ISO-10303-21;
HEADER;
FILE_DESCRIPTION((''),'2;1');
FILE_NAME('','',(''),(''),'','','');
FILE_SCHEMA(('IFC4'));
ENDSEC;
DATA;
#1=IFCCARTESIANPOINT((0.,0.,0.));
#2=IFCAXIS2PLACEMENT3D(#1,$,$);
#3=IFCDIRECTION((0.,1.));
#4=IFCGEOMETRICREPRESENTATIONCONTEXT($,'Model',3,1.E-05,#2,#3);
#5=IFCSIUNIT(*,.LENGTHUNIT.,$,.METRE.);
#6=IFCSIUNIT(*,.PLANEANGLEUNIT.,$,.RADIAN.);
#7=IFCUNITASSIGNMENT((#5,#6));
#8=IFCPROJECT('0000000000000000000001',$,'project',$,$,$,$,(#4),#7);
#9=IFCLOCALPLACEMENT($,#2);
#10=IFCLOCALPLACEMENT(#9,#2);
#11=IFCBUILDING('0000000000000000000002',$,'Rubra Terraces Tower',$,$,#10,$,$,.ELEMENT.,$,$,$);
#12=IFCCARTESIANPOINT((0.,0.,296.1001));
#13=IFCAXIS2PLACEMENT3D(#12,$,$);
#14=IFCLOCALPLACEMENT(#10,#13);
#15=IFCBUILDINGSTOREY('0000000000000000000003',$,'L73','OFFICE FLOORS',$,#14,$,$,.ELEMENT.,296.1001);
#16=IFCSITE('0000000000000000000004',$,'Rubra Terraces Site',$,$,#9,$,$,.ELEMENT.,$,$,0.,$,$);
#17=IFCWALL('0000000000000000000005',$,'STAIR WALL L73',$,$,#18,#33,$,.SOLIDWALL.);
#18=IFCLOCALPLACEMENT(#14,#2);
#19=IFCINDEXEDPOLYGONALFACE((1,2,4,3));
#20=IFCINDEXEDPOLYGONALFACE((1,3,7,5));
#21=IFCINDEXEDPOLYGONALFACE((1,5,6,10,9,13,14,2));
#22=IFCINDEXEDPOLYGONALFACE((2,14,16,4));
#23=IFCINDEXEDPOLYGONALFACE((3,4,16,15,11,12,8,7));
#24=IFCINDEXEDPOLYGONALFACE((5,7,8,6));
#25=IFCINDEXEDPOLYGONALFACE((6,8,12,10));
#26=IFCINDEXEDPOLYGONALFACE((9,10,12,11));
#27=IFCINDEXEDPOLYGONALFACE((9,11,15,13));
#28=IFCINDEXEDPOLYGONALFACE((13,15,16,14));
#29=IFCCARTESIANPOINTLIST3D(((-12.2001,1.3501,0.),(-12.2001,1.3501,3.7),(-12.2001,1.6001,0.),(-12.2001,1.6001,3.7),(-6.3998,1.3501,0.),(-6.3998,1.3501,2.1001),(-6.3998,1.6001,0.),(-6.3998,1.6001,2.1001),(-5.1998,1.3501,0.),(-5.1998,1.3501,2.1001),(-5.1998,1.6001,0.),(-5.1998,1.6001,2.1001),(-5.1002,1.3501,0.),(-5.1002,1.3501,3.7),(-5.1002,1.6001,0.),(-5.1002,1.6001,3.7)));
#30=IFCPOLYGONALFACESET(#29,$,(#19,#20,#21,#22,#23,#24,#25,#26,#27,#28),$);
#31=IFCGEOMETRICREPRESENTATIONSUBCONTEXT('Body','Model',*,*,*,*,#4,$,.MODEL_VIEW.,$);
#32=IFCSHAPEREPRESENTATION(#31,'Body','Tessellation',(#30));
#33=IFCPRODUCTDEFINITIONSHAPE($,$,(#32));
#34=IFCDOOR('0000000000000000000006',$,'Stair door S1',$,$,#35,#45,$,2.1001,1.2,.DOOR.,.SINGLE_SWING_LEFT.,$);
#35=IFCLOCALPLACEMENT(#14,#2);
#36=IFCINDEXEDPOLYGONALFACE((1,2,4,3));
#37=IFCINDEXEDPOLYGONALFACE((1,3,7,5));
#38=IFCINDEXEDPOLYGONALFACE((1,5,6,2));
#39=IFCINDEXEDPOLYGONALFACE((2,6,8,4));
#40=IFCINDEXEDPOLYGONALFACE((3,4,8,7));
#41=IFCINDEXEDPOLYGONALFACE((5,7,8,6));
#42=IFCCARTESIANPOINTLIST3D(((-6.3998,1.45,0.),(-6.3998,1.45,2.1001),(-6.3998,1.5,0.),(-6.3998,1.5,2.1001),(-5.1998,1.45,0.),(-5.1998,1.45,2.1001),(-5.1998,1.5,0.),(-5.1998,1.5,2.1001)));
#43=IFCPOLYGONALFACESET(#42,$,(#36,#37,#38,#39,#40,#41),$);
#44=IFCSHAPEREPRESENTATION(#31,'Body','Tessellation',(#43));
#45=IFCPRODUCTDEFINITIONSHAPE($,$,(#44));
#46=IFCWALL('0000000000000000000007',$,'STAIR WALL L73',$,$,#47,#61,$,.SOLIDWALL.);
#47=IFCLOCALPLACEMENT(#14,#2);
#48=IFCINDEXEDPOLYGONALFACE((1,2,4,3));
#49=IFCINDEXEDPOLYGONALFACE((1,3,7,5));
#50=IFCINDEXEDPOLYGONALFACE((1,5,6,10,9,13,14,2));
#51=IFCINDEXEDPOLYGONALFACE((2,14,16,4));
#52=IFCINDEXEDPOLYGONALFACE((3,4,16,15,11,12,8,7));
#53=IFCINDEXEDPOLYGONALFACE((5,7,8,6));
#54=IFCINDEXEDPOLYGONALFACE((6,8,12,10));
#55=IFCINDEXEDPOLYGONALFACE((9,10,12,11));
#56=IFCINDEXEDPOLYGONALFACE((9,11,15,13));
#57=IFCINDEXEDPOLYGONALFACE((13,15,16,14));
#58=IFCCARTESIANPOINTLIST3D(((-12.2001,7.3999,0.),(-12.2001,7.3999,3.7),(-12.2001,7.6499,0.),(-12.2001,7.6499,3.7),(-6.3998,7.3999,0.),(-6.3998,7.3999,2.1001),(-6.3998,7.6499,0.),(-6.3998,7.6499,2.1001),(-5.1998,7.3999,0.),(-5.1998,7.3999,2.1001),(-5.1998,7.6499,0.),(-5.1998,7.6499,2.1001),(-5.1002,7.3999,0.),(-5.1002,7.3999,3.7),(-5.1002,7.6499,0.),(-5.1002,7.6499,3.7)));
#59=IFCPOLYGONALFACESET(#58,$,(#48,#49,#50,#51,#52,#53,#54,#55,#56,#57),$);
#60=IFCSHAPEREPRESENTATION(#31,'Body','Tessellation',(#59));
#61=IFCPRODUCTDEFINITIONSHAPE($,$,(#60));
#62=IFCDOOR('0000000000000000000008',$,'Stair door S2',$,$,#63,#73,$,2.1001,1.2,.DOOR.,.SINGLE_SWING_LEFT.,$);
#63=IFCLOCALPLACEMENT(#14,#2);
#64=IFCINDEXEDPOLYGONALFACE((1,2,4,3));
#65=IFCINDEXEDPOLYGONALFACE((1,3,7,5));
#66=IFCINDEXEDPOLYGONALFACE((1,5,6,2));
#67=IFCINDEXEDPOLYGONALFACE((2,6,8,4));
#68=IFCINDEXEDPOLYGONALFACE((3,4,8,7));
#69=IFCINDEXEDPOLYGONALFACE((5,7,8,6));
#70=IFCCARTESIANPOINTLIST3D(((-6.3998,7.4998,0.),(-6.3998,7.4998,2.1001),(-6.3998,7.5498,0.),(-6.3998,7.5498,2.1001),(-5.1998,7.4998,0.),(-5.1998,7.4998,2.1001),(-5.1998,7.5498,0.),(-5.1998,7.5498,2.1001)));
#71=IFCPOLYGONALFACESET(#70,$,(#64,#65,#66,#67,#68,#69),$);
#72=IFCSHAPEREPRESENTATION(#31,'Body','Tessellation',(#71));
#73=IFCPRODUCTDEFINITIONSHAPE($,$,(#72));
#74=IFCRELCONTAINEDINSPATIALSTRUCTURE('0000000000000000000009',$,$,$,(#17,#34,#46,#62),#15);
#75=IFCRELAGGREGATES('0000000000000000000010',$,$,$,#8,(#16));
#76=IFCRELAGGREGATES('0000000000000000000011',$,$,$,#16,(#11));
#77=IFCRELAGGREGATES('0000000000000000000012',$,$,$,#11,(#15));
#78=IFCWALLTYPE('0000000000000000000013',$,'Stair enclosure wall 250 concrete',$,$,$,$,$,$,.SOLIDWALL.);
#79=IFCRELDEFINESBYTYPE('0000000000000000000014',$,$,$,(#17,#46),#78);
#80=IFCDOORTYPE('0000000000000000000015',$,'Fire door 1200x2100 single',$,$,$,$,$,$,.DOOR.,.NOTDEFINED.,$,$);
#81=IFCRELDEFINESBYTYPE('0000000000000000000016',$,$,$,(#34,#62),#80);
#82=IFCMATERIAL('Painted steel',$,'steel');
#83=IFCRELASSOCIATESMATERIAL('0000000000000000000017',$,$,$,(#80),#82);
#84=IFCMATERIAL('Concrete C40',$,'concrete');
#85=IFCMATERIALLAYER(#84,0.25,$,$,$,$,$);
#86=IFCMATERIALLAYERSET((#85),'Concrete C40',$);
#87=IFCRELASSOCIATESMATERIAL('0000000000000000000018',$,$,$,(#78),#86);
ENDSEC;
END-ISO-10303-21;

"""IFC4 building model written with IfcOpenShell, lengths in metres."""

from ifc_helpers import new_model, si_unit, direction, frame, frame_2d, origin, place, context, subcontext, project, spatial, rectangle, extrude, material, layer, layer_set, type_object, element, fill, save


model = new_model("IFC4")

# Units and contexts
model_context = context("Model", 3, precision=1e-05, world=origin(), true_north=direction((0.0, 1.0)))
body_context = subcontext(model_context, "Body", "Model", "MODEL_VIEW")
ifc_project = project(units=[si_unit("LENGTHUNIT", "METRE"), si_unit("PLANEANGLEUNIT", "RADIAN")], contexts=[model_context])

# Site, building, storey
site_placement = place(None, origin())
site = spatial("IfcSite", under=ifc_project, at=site_placement, Name="Rubra Terraces Site", CompositionType="ELEMENT", RefElevation=0.0)
building_placement = place(site_placement, origin())
building = spatial("IfcBuilding", under=site, at=building_placement, Name="Rubra Terraces Tower", CompositionType="ELEMENT")
storey_placement = place(building_placement, frame((0.0, 0.0, 296.1001)))
storey = spatial("IfcBuildingStorey", under=building, at=storey_placement, Name="L73", Description="OFFICE FLOORS", CompositionType="ELEMENT", Elevation=296.1001)

# Shared definitions
ifc_material_1 = material(Name="Concrete C40", Category="concrete")

# Shared definitions
ifc_material_2 = material(Name="Painted steel", Category="steel")
door_type_1 = type_object("IfcDoorType", Name="Fire door 1200x2100 single", OperationType="NOTDEFINED", PredefinedType="DOOR", material=ifc_material_2)

# Walls, openings, doors
ifc_layer_1 = layer(ifc_material_1, 0.25)
ifc_layer_set_1 = layer_set([ifc_layer_1], Name="Concrete C40")
wall_type_1 = type_object("IfcWallType", Name="Stair enclosure wall 250 concrete", PredefinedType="SOLIDWALL", material=ifc_layer_set_1)
wall_1_placement = place(storey_placement, frame((-12.2, 1.4751, 0.0), z_axis=(0.0, 0.0, 1.0), x_axis=(1.0, 0.0, 0.0)))
wall_1 = element("IfcWall", 1, at=wall_1_placement, inside=storey, type_object=wall_type_1, Name="STAIR WALL L73", PredefinedType="SOLIDWALL", context=body_context, shape_type="SweptSolid", body=[
    extrude(rectangle(XDim=7.0999, YDim=0.25, at=frame_2d((3.5498, 0.0))), origin(), (0.0, 0.0, 1.0), 3.7),
])
opening_1_placement = place(wall_1_placement, frame((5.8, 0.0, 0.0)))
opening_1 = element("IfcOpeningElement", 2, at=opening_1_placement, cuts=wall_1, PredefinedType="OPENING", context=body_context, shape_type="SweptSolid", body=[
    extrude(rectangle(XDim=1.2, YDim=2.1001, at=frame_2d((0.6001, 1.05))), frame((0.0, 0.135, 0.0), z_axis=(0.0, -1.0, 0.0), x_axis=(1.0, 0.0, 0.0)), (0.0, 0.0, 1.0), 0.27),
])
door_1_placement = place(opening_1_placement, origin())
door_1 = element("IfcDoor", 3, at=door_1_placement, inside=storey, type_object=door_type_1, Name="Stair door S1", OperationType="SINGLE_SWING_LEFT", OverallHeight=2.1001, OverallWidth=1.2, PredefinedType="DOOR", context=body_context, shape_type="SweptSolid", body=[
    extrude(rectangle(XDim=1.2, YDim=2.1001, at=frame_2d((0.6001, 1.05))), frame((0.0, 0.0249, 0.0), z_axis=(0.0, -1.0, 0.0), x_axis=(1.0, 0.0, 0.0)), (0.0, 0.0, 1.0), 0.05),
])
fill(opening_1, door_1)
wall_2_placement = place(storey_placement, frame((-12.2, 7.5249, 0.0), z_axis=(0.0, 0.0, 1.0), x_axis=(1.0, 0.0, 0.0)))
wall_2 = element("IfcWall", 4, at=wall_2_placement, inside=storey, type_object=wall_type_1, Name="STAIR WALL L73", PredefinedType="SOLIDWALL", context=body_context, shape_type="SweptSolid", body=[
    extrude(rectangle(XDim=7.0999, YDim=0.25, at=frame_2d((3.5498, 0.0))), origin(), (0.0, 0.0, 1.0), 3.7),
])
opening_2_placement = place(wall_2_placement, frame((5.8, 0.0, 0.0)))
opening_2 = element("IfcOpeningElement", 5, at=opening_2_placement, cuts=wall_2, PredefinedType="OPENING", context=body_context, shape_type="SweptSolid", body=[
    extrude(rectangle(XDim=1.2, YDim=2.1001, at=frame_2d((0.6001, 1.05))), frame((0.0, 0.135, 0.0), z_axis=(0.0, -1.0, 0.0), x_axis=(1.0, 0.0, 0.0)), (0.0, 0.0, 1.0), 0.27),
])
door_2_placement = place(opening_2_placement, origin())
door_2 = element("IfcDoor", 6, at=door_2_placement, inside=storey, type_object=door_type_1, Name="Stair door S2", OperationType="SINGLE_SWING_LEFT", OverallHeight=2.1001, OverallWidth=1.2, PredefinedType="DOOR", context=body_context, shape_type="SweptSolid", body=[
    extrude(rectangle(XDim=1.2, YDim=2.1001, at=frame_2d((0.6001, 1.05))), frame((0.0, 0.0249, 0.0), z_axis=(0.0, -1.0, 0.0), x_axis=(1.0, 0.0, 0.0)), (0.0, 0.0, 1.0), 0.05),
])
fill(opening_2, door_2)

save(model, "model.ifc")
